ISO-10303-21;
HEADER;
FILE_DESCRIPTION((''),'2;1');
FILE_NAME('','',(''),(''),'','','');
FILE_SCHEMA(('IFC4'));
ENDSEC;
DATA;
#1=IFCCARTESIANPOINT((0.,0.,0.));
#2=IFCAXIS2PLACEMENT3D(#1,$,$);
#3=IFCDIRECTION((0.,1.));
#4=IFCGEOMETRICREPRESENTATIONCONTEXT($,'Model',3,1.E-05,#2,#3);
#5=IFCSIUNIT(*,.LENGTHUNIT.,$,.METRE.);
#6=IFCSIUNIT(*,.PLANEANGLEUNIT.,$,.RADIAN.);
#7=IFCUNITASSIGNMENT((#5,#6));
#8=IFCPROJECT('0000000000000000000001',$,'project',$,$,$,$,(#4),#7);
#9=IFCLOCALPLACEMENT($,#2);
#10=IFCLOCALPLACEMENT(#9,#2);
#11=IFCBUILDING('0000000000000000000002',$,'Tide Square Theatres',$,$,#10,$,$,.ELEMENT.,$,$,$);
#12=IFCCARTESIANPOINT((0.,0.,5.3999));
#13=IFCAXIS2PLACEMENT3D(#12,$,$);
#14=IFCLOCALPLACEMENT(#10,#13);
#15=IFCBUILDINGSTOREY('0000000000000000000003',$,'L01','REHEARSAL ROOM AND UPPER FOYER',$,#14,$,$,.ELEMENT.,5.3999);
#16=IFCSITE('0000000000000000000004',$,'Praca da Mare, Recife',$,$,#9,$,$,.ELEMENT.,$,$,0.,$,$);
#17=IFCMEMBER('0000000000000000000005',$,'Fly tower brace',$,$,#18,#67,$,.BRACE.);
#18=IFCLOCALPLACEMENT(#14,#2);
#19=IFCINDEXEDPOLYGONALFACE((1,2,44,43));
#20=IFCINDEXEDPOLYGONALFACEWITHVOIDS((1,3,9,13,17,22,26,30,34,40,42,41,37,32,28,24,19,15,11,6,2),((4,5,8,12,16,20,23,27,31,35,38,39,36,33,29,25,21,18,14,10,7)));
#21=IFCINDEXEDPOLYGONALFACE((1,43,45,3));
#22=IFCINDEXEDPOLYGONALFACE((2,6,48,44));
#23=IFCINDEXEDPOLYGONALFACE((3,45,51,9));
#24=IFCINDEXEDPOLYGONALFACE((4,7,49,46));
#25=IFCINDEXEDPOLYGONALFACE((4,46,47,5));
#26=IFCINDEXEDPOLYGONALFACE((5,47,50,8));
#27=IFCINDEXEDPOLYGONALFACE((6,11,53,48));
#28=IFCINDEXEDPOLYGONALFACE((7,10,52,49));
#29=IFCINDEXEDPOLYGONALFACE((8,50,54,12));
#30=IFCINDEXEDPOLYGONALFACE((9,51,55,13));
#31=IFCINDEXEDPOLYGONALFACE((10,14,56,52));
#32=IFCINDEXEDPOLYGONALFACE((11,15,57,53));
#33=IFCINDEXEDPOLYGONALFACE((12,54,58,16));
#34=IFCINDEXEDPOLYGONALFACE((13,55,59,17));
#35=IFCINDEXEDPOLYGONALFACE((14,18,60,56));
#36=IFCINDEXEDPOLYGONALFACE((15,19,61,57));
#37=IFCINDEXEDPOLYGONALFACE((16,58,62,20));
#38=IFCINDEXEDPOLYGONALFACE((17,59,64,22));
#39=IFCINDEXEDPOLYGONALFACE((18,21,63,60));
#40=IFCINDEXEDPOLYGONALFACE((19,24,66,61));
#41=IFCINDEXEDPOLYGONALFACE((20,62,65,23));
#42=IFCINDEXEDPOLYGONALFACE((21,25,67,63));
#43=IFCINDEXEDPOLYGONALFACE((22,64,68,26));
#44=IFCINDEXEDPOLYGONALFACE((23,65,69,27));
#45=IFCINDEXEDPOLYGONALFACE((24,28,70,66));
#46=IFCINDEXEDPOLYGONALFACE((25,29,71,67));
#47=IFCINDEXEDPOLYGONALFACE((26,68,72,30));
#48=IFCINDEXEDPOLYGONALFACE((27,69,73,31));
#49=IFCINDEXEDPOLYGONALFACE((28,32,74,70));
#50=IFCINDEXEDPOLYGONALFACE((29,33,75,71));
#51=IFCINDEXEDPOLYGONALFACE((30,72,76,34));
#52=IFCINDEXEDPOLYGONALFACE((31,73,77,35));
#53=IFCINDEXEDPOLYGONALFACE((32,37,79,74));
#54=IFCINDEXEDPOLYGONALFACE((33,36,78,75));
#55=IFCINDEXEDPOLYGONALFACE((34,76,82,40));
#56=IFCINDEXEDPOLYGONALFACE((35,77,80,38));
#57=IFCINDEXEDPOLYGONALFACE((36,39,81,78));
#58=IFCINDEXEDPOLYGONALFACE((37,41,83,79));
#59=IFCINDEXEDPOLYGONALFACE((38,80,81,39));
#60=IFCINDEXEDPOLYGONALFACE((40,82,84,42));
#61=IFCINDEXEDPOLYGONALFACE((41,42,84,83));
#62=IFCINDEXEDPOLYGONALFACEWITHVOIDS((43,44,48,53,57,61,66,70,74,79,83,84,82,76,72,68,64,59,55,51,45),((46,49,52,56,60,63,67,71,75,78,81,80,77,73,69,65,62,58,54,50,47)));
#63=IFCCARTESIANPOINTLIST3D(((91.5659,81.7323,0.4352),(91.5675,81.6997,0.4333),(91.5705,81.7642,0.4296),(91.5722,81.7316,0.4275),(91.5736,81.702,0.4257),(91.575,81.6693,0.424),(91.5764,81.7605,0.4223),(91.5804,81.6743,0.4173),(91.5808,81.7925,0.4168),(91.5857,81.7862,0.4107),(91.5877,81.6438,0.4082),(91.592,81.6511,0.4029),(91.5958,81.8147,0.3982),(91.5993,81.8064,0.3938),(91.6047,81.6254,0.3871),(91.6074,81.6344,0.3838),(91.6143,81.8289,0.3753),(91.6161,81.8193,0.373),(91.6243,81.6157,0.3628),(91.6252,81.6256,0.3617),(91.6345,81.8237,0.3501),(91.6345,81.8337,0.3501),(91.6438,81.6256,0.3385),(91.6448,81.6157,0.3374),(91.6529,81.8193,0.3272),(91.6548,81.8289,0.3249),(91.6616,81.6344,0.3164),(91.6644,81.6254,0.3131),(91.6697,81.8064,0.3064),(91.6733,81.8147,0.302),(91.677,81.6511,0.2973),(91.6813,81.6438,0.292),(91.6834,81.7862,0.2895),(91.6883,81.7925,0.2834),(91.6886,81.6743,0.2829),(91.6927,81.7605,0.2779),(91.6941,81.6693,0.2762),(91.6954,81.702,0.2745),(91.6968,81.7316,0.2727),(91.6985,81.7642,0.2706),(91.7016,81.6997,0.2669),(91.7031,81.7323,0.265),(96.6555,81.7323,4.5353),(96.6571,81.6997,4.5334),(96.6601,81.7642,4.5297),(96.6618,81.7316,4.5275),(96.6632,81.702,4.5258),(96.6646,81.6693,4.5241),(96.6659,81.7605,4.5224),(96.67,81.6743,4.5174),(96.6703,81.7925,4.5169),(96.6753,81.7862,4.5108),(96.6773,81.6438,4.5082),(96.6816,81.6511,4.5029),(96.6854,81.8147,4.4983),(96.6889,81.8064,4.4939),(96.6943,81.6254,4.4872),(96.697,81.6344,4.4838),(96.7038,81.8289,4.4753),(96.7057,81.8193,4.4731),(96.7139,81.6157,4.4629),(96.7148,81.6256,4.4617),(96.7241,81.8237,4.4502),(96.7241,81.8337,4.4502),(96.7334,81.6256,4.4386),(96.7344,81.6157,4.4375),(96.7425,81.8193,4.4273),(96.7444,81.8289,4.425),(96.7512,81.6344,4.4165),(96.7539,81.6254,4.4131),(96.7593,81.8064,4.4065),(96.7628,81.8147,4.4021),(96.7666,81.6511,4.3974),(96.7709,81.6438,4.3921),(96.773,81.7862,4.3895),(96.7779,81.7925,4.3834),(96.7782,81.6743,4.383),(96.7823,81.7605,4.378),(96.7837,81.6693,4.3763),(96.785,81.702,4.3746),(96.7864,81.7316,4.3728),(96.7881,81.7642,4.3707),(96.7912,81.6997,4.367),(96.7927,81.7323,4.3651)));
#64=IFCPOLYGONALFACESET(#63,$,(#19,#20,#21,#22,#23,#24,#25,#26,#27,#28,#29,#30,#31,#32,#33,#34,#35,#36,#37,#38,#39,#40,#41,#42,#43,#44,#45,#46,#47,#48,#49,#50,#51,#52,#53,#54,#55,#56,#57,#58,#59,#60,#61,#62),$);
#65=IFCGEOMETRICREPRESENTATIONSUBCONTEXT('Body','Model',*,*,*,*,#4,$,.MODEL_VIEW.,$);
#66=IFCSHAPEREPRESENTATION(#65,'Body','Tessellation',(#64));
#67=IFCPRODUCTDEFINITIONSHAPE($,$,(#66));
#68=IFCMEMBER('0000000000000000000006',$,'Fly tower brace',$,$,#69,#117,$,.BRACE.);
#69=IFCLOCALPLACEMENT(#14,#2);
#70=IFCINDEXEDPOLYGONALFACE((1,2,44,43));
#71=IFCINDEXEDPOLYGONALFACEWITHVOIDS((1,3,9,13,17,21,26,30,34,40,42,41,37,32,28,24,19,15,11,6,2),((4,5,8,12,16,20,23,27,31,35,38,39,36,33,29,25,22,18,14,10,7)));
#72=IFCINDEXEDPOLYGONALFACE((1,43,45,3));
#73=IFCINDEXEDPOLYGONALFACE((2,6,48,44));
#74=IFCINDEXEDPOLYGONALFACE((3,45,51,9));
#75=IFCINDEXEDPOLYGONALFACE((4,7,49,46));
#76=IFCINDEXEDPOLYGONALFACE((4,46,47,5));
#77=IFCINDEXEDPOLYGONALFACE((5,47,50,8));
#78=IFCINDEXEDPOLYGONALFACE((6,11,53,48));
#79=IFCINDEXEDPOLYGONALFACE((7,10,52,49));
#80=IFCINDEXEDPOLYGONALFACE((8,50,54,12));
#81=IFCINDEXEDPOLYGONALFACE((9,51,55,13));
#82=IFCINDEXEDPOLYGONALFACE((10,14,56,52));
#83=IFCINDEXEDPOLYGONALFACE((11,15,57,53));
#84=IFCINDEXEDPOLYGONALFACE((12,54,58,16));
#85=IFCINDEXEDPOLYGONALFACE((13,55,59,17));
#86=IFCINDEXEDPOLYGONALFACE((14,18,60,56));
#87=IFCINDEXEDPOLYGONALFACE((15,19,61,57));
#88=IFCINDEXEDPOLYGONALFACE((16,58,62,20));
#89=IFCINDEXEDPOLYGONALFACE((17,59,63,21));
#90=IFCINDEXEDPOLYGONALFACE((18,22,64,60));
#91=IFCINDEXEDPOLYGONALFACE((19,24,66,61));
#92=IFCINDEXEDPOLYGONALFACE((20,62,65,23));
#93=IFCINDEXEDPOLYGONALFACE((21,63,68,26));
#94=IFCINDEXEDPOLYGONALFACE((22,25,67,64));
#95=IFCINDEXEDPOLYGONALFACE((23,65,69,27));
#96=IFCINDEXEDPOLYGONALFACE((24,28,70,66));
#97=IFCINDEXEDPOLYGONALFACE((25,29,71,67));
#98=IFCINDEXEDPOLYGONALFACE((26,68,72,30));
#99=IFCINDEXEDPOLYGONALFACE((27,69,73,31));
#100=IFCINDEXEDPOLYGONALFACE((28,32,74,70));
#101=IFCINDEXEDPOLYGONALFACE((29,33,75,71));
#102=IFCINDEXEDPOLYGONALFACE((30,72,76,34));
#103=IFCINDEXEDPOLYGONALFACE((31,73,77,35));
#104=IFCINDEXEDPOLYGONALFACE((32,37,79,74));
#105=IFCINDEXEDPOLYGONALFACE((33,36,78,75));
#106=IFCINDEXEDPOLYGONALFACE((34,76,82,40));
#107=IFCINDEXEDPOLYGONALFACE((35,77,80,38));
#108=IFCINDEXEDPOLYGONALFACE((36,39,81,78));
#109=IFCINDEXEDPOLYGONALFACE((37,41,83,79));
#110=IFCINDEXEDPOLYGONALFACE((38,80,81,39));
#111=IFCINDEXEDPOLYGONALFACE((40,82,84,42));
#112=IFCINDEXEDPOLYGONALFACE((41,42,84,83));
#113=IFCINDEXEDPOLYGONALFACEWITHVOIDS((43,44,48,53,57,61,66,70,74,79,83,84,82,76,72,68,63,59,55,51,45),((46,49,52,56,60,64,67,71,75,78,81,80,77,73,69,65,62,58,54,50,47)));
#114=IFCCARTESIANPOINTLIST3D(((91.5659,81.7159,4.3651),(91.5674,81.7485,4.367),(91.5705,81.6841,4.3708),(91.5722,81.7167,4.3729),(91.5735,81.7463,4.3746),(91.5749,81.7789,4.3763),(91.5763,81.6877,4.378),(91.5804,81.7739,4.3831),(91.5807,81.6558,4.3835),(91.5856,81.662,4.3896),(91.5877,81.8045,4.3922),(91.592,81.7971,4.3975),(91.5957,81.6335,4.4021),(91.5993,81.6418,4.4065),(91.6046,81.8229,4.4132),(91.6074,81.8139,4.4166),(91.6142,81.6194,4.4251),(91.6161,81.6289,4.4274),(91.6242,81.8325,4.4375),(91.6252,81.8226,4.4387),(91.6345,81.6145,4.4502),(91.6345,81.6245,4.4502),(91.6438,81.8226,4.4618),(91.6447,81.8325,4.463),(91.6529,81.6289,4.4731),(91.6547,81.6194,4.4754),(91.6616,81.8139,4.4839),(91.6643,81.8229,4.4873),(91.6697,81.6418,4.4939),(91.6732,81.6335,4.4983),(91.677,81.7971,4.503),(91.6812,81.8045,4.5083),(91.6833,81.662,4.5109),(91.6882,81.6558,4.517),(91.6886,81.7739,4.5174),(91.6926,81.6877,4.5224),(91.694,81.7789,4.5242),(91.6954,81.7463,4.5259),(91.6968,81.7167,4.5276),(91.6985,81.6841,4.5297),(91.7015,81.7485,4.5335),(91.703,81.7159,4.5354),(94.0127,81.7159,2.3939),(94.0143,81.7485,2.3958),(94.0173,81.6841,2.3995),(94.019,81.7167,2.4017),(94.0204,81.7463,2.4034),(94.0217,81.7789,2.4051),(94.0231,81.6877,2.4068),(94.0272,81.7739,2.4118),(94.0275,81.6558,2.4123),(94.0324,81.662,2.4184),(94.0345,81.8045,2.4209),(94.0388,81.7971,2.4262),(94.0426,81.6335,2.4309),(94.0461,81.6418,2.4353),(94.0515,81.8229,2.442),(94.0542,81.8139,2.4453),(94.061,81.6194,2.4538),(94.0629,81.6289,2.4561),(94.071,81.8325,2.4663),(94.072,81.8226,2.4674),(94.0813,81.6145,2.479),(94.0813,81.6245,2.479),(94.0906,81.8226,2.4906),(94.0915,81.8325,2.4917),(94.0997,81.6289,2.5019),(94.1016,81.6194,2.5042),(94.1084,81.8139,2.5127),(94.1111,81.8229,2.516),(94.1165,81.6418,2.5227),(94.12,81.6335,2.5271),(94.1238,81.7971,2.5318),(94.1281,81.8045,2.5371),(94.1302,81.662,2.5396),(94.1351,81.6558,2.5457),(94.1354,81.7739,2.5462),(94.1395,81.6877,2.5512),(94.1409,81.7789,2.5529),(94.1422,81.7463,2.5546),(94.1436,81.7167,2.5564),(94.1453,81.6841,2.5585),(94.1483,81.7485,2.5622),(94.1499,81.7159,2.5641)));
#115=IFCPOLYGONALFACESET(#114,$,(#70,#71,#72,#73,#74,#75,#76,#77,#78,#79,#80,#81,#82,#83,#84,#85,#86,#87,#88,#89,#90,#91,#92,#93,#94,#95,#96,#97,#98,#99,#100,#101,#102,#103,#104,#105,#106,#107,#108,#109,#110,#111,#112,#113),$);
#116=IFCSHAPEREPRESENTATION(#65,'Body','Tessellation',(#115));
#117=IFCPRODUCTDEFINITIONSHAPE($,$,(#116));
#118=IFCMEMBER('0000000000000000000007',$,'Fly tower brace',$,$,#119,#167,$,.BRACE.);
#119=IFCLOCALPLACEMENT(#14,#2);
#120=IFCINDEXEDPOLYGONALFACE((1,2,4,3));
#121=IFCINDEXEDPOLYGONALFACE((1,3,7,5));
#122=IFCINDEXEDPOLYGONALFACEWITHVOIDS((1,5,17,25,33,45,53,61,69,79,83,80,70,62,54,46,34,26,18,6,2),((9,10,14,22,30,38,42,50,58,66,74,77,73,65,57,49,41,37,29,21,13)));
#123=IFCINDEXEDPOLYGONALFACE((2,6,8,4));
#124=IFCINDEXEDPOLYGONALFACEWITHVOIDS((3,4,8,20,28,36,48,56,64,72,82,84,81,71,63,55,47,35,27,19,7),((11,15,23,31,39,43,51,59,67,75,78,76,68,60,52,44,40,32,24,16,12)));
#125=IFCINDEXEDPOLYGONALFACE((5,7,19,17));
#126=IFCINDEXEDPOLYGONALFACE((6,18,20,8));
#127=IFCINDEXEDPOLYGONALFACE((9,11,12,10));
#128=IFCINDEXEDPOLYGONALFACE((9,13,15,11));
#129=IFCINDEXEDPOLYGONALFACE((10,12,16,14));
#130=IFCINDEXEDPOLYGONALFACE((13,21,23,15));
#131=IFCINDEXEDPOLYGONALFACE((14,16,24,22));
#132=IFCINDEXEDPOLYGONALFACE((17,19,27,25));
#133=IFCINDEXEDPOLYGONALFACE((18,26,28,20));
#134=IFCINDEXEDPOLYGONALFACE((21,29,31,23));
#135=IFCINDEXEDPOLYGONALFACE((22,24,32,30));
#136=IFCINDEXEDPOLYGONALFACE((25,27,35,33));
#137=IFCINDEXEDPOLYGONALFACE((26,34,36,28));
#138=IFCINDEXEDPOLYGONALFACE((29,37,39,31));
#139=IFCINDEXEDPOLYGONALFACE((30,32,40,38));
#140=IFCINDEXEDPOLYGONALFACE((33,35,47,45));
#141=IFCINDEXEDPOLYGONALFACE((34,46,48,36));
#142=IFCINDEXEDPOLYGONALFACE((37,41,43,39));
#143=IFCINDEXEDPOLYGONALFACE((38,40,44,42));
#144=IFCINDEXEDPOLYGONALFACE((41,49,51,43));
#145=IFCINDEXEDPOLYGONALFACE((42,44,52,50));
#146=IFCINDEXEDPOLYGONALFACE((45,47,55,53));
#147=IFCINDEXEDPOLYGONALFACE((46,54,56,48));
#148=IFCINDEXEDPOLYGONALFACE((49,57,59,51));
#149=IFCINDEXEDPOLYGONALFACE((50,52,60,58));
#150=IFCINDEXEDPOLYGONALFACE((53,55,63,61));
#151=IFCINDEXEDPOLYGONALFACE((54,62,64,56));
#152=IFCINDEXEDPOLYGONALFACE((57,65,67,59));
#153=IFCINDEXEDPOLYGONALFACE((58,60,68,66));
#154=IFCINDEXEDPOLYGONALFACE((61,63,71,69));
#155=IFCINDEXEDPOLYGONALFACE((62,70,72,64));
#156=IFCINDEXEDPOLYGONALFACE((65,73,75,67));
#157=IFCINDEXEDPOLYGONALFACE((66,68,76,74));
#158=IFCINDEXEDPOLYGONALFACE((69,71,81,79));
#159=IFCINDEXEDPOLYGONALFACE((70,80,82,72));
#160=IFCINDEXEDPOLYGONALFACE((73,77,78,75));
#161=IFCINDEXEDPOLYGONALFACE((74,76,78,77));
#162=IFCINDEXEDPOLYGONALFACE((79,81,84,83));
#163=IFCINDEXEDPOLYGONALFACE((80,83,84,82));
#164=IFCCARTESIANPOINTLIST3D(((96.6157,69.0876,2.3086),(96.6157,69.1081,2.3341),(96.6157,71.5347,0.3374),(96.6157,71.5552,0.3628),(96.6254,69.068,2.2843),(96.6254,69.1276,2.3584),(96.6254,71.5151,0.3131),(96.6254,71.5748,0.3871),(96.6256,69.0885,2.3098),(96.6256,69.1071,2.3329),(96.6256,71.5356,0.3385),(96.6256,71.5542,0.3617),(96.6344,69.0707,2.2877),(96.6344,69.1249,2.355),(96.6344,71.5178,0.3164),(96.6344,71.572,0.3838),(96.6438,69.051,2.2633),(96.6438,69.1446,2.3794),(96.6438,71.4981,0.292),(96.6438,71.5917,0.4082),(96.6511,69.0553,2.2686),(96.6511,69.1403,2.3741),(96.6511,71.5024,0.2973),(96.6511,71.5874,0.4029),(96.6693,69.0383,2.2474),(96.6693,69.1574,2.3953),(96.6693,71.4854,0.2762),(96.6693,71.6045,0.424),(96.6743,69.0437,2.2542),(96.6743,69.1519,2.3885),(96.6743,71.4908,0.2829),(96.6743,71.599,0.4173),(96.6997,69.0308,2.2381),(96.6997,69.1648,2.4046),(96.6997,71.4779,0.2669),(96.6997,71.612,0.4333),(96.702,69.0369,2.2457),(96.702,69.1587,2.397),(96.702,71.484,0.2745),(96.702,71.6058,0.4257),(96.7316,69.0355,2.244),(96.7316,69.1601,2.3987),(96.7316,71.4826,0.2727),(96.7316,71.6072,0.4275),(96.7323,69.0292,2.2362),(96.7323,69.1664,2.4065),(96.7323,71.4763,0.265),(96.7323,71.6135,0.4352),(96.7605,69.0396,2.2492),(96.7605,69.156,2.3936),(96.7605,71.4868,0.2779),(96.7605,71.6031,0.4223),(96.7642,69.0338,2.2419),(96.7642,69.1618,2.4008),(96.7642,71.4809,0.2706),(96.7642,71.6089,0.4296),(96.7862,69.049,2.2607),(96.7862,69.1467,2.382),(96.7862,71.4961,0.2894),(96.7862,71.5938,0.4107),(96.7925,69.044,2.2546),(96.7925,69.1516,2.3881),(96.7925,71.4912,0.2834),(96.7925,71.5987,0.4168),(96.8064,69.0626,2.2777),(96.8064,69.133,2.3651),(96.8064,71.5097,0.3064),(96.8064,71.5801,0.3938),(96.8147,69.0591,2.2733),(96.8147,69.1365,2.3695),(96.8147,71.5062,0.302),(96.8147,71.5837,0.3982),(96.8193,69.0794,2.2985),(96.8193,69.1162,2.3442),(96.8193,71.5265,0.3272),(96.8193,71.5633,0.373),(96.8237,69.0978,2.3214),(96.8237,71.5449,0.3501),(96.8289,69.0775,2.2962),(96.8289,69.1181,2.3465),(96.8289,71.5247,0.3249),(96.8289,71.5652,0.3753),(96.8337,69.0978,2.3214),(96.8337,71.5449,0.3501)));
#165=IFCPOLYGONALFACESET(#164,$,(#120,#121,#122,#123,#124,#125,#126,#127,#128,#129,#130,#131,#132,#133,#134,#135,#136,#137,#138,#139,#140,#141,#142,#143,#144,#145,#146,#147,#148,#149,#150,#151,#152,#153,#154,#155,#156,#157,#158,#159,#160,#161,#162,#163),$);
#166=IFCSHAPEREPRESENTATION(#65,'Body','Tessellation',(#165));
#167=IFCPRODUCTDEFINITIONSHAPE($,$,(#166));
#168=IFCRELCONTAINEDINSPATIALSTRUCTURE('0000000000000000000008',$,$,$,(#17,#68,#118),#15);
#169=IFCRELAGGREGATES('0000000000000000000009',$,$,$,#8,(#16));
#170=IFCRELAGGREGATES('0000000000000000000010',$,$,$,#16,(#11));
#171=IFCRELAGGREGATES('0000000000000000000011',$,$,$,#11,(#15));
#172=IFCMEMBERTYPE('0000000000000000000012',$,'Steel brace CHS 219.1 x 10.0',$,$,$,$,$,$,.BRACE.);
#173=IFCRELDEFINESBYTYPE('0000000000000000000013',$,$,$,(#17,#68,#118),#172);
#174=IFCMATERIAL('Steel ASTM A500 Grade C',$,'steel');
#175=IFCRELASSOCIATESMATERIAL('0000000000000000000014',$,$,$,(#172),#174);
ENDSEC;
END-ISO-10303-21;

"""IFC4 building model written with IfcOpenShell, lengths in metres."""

from ifc_helpers import new_model, si_unit, direction, frame, origin, origin_2d, place, context, subcontext, project, spatial, hollow_circle, extrude, material, material_profile, profile_set, type_object, element, save


model = new_model("IFC4")

# Units and contexts
model_context = context("Model", 3, precision=1e-05, world=origin(), true_north=direction((0.0, 1.0)))
body_context = subcontext(model_context, "Body", "Model", "MODEL_VIEW")
ifc_project = project(units=[si_unit("LENGTHUNIT", "METRE"), si_unit("PLANEANGLEUNIT", "RADIAN")], contexts=[model_context])

# Site, building, storey
site_placement = place(None, origin())
site = spatial("IfcSite", under=ifc_project, at=site_placement, Name="Praca da Mare, Recife", CompositionType="ELEMENT", RefElevation=0.0)
building_placement = place(site_placement, origin())
building = spatial("IfcBuilding", under=site, at=building_placement, Name="Tide Square Theatres", CompositionType="ELEMENT")
storey_placement = place(building_placement, frame((0.0, 0.0, 5.3999)))
storey = spatial("IfcBuildingStorey", under=building, at=storey_placement, Name="L01", Description="REHEARSAL ROOM AND UPPER FOYER", CompositionType="ELEMENT", Elevation=5.3999)

# Members
ifc_material_1 = material(Name="Steel ASTM A500 Grade C", Category="steel")
ifc_material_profile_1 = material_profile(ifc_material_1, hollow_circle(Radius=0.1096, WallThickness=0.01, at=origin_2d()))
ifc_profile_set_1 = profile_set([ifc_material_profile_1], Name="Steel ASTM A500 Grade C")
member_type = type_object("IfcMemberType", Name="Steel brace CHS 219.1 x 10.0", PredefinedType="BRACE", material=ifc_profile_set_1)
member_1_placement = place(storey_placement, frame((91.6345, 81.7241, 0.3501), z_axis=(0.778743, 0.0, 0.627343), x_axis=(0.0, 1.0, 0.0)))
element("IfcMember", 1, at=member_1_placement, inside=storey, type_object=member_type, Name="Fly tower brace", PredefinedType="BRACE", context=body_context, shape_type="SweptSolid", body=[
    extrude(hollow_circle(Radius=0.1096, WallThickness=0.01, at=origin_2d()), origin(), (0.0, 0.0, 1.0), 6.5356),
])
member_2_placement = place(storey_placement, frame((94.0813, 81.7241, 2.479), z_axis=(-0.778726, 0.0, 0.627364), x_axis=(0.0, -1.0, 0.0)))
element("IfcMember", 2, at=member_2_placement, inside=storey, type_object=member_type, Name="Fly tower brace", PredefinedType="BRACE", context=body_context, shape_type="SweptSolid", body=[
    extrude(hollow_circle(Radius=0.1096, WallThickness=0.01, at=origin_2d()), origin(), (0.0, 0.0, 1.0), 3.1421),
])
member_3_placement = place(storey_placement, frame((96.7241, 71.5449, 0.3501), z_axis=(0.0, -0.778757, 0.627326), x_axis=(1.0, 0.0, 0.0)))
element("IfcMember", 3, at=member_3_placement, inside=storey, type_object=member_type, Name="Fly tower brace", PredefinedType="BRACE", context=body_context, shape_type="SweptSolid", body=[
    extrude(hollow_circle(Radius=0.1096, WallThickness=0.01, at=origin_2d()), origin(), (0.0, 0.0, 1.0), 3.1423),
])

save(model, "model.ifc")
